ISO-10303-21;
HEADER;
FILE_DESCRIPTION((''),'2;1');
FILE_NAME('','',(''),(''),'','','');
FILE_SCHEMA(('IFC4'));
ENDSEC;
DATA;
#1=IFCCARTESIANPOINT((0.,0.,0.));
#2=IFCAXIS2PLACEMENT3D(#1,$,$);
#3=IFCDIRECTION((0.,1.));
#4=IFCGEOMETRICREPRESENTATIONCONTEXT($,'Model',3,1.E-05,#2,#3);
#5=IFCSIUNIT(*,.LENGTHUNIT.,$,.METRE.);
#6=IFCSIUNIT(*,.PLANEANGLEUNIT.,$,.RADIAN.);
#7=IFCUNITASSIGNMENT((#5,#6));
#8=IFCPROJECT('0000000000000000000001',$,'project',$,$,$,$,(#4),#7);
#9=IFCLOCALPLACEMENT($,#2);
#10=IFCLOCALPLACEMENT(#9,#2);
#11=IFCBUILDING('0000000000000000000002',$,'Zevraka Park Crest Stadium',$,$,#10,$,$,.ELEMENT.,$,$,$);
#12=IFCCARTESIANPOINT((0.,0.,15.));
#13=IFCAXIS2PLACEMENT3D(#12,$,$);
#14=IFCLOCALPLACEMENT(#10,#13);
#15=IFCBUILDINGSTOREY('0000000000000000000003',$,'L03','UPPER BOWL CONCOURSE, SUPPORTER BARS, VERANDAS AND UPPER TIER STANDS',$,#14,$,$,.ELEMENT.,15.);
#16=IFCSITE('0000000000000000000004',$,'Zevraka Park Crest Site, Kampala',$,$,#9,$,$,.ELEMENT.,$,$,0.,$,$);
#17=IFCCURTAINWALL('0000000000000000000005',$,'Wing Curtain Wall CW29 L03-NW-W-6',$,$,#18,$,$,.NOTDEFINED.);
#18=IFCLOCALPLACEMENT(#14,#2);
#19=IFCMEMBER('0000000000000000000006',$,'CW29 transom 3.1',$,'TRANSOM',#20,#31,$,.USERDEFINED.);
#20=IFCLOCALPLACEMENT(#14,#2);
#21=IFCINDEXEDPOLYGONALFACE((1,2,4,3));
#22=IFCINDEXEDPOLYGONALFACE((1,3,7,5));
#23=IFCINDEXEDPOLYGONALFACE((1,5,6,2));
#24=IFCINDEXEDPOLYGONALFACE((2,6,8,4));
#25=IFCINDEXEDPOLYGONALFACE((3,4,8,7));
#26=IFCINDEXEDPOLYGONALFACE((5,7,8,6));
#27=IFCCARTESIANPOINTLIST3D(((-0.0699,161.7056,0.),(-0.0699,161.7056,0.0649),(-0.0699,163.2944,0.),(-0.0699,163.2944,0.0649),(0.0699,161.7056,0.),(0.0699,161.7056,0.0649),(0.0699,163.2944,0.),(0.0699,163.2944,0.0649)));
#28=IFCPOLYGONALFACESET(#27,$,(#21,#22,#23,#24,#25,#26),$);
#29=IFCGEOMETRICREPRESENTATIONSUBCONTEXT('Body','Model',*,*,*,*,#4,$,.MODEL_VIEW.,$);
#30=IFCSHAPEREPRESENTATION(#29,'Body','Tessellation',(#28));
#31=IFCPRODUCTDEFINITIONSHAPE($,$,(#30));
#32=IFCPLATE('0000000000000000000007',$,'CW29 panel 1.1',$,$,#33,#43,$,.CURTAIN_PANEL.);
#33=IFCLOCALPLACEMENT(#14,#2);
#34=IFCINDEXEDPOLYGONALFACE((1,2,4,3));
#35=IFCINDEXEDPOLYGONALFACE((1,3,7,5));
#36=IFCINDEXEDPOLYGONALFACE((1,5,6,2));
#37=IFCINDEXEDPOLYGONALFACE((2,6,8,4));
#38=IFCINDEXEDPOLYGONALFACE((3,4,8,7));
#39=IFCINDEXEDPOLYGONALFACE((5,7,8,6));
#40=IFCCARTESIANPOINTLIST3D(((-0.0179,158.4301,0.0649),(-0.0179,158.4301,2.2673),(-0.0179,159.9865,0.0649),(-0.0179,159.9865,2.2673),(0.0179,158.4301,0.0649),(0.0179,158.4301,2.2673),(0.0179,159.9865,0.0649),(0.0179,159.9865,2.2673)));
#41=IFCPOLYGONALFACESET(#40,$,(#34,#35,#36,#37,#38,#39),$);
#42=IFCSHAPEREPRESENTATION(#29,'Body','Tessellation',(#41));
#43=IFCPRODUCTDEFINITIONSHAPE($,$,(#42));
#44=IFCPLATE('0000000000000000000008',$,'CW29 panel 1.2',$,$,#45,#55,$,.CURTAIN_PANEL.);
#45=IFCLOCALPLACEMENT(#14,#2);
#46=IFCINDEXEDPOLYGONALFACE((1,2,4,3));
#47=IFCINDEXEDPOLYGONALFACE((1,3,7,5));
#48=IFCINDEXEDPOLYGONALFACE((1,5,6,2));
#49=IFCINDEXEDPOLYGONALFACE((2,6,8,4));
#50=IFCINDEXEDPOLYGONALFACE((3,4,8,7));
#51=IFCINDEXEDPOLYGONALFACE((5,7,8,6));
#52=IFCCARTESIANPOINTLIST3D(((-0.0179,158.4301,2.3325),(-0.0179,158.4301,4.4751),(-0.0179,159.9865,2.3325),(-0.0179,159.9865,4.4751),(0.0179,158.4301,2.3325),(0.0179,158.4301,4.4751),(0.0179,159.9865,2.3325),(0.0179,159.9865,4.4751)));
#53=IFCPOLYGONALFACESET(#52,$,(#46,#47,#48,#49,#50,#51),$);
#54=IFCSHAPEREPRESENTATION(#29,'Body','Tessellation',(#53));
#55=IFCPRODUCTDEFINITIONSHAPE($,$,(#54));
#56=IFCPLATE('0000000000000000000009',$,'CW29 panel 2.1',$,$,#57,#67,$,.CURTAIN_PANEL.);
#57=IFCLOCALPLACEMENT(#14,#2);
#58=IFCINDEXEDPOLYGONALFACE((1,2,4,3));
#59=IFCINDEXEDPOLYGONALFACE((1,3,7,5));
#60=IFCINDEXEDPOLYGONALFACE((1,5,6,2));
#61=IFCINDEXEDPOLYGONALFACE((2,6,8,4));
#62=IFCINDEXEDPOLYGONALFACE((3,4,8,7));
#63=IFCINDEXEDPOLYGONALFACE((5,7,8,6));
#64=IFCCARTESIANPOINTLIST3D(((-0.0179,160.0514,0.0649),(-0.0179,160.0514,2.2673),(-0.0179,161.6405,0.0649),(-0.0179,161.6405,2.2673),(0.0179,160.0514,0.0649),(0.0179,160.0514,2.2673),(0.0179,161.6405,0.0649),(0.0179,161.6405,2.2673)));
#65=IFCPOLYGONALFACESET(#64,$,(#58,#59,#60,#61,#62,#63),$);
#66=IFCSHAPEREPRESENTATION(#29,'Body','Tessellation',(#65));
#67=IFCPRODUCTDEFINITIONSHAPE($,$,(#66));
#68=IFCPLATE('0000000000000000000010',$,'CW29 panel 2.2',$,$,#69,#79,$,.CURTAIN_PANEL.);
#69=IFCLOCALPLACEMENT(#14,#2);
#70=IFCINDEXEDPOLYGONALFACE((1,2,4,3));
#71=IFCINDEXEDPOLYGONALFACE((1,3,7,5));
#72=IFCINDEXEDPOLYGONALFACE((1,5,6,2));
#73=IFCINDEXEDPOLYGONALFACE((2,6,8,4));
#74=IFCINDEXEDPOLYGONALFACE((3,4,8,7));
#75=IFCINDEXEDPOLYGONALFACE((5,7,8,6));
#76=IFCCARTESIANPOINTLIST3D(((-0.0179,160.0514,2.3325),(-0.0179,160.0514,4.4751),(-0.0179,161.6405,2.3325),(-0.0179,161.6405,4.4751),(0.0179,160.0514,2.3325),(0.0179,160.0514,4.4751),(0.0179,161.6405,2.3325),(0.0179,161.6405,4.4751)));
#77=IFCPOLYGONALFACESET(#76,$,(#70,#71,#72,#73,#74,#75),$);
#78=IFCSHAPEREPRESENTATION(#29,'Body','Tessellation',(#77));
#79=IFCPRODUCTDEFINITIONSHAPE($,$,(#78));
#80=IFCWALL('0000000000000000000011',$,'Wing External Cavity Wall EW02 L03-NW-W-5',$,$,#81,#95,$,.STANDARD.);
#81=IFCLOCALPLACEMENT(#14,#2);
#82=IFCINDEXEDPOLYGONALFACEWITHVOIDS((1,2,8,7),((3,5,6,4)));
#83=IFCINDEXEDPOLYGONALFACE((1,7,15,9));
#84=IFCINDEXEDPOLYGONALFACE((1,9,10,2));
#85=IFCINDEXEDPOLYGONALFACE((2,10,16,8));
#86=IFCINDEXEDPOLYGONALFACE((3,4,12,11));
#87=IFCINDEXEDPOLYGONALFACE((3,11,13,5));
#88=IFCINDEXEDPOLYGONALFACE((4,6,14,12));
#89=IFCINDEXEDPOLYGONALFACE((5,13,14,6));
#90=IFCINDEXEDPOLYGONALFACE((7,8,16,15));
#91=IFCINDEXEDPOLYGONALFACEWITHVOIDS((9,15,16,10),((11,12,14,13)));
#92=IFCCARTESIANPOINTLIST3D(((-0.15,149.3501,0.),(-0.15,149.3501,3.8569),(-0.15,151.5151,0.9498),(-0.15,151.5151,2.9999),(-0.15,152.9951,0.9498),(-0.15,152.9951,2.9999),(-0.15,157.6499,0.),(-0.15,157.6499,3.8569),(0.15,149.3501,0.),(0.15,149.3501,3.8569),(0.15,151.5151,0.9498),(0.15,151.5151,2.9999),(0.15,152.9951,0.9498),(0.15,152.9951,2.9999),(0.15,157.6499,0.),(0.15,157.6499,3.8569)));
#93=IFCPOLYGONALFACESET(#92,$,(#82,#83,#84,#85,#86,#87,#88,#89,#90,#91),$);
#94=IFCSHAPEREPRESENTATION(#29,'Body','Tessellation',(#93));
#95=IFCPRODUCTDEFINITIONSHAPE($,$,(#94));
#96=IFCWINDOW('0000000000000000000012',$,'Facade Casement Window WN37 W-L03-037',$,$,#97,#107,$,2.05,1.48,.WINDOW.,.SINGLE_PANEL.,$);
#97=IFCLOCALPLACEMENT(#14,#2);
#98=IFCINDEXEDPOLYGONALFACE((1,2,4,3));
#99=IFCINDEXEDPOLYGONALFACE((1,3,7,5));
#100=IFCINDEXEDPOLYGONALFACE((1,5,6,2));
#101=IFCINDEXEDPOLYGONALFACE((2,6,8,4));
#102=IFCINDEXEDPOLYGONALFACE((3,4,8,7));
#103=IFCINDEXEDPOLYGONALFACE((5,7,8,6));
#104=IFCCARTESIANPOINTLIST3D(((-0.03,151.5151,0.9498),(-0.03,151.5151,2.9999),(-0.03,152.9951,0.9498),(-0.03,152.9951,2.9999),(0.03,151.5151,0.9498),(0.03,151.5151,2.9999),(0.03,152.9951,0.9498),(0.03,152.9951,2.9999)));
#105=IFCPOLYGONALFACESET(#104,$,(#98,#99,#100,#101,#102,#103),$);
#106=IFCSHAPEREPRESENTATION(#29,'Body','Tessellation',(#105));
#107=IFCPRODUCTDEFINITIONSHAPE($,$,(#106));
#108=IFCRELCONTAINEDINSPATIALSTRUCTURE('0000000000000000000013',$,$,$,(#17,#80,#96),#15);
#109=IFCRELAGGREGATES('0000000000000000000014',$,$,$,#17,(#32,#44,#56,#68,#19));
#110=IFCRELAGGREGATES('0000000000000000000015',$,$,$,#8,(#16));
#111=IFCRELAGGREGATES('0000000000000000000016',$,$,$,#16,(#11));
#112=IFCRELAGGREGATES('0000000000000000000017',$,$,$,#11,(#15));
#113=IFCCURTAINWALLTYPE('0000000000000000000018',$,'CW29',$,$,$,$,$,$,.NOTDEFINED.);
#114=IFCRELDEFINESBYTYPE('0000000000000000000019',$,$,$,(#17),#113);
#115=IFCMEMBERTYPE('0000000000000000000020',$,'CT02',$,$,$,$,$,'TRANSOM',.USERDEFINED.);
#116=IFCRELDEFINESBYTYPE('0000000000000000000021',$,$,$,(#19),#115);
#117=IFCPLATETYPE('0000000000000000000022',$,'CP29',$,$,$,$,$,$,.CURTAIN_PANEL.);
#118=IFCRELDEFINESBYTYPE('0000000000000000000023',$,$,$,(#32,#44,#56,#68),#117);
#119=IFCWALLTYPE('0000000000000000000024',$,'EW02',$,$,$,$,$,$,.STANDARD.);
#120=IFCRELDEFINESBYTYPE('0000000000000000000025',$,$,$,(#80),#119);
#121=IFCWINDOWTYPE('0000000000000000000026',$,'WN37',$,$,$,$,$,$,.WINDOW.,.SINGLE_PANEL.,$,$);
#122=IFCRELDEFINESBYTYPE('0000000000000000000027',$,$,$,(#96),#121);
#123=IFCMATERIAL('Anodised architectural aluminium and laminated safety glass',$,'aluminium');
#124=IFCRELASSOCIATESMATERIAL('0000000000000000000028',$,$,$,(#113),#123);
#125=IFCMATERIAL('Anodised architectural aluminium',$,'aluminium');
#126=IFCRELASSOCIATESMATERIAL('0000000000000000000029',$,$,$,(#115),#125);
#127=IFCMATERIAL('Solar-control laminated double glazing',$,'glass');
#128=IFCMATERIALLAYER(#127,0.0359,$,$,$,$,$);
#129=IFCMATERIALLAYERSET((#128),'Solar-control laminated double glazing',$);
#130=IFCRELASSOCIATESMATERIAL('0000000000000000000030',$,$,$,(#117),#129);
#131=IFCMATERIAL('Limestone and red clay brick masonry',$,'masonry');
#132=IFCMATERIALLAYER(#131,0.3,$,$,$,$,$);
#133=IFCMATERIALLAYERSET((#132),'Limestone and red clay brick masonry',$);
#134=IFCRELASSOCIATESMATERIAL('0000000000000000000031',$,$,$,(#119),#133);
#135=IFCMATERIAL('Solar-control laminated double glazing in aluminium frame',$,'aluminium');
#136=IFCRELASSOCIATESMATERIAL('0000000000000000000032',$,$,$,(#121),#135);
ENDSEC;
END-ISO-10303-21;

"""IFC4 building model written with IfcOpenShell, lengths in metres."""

from ifc_helpers import new_model, si_unit, direction, frame, frame_2d, origin, origin_2d, place, context, subcontext, project, spatial, rectangle, extrude, material, layer, layer_set, material_profile, profile_set, type_object, element, fill, aggregate, save


model = new_model("IFC4")

# Units and contexts
model_context = context("Model", 3, precision=1e-05, world=origin(), true_north=direction((0.0, 1.0)))
body_context = subcontext(model_context, "Body", "Model", "MODEL_VIEW")
ifc_project = project(units=[si_unit("LENGTHUNIT", "METRE"), si_unit("PLANEANGLEUNIT", "RADIAN")], contexts=[model_context])

# Site, building, storey
site_placement = place(None, origin())
site = spatial("IfcSite", under=ifc_project, at=site_placement, Name="Zevraka Park Crest Site, Kampala", CompositionType="ELEMENT", RefElevation=0.0)
building_placement = place(site_placement, origin())
building = spatial("IfcBuilding", under=site, at=building_placement, Name="Zevraka Park Crest Stadium", CompositionType="ELEMENT")
storey_placement = place(building_placement, frame((0.0, 0.0, 15.0)))
storey = spatial("IfcBuildingStorey", under=building, at=storey_placement, Name="L03", Description="UPPER BOWL CONCOURSE, SUPPORTER BARS, VERANDAS AND UPPER TIER STANDS", CompositionType="ELEMENT", Elevation=15.0)

# Curtain wall, member, plates
ifc_material_1 = material(Name="Anodised architectural aluminium and laminated safety glass", Category="aluminium")
curtain_wall_type = type_object("IfcCurtainWallType", Name="CW29", PredefinedType="NOTDEFINED", material=ifc_material_1)
curtain_wall_placement = place(storey_placement, origin())
curtain_wall = element("IfcCurtainWall", 1, at=curtain_wall_placement, inside=storey, type_object=curtain_wall_type, Name="Wing Curtain Wall CW29 L03-NW-W-6", PredefinedType="NOTDEFINED")
ifc_material_2 = material(Name="Anodised architectural aluminium", Category="aluminium")
ifc_material_profile_1 = material_profile(ifc_material_2, rectangle(XDim=0.1399, YDim=0.0649, at=origin_2d()), Name="ALU TRANSOM 140x65")
ifc_profile_set_1 = profile_set([ifc_material_profile_1], Name="Anodised architectural aluminium")
member_type_1 = type_object("IfcMemberType", Name="CT02", ElementType="TRANSOM", PredefinedType="USERDEFINED", material=ifc_profile_set_1)
member_1_placement = place(storey_placement, frame((0.0, 161.7056, 0.0325), z_axis=(0.0, 1.0, 0.0), x_axis=(-1.0, 0.0, 0.0)))
member_1 = element("IfcMember", 2, at=member_1_placement, type_object=member_type_1, Name="CW29 transom 3.1", ObjectType="TRANSOM", PredefinedType="USERDEFINED", context=body_context, shape_type="SweptSolid", body=[
    extrude(rectangle(XDim=0.1399, YDim=0.0649, at=origin_2d()), origin(), (0.0, 0.0, 1.0), 1.5889),
])
ifc_material_3 = material(Name="Solar-control laminated double glazing", Category="glass")
ifc_layer_1 = layer(ifc_material_3, 0.0359)
ifc_layer_set_1 = layer_set([ifc_layer_1], Name="Solar-control laminated double glazing")
plate_type = type_object("IfcPlateType", Name="CP29", PredefinedType="CURTAIN_PANEL", material=ifc_layer_set_1)
plate_1_placement = place(storey_placement, frame((0.0, 159.2083, 0.0649), z_axis=(0.0, 0.0, 1.0), x_axis=(0.0, 1.0, 0.0)))
plate_1 = element("IfcPlate", 3, at=plate_1_placement, type_object=plate_type, Name="CW29 panel 1.1", PredefinedType="CURTAIN_PANEL", context=body_context, shape_type="SweptSolid", body=[
    extrude(rectangle(XDim=1.5564, YDim=0.0359, at=origin_2d()), origin(), (0.0, 0.0, 1.0), 2.2024),
])
plate_2_placement = place(storey_placement, frame((0.0, 159.2083, 2.3325), z_axis=(0.0, 0.0, 1.0), x_axis=(0.0, 1.0, 0.0)))
plate_2 = element("IfcPlate", 4, at=plate_2_placement, type_object=plate_type, Name="CW29 panel 1.2", PredefinedType="CURTAIN_PANEL", context=body_context, shape_type="SweptSolid", body=[
    extrude(rectangle(XDim=1.5564, YDim=0.0359, at=origin_2d()), origin(), (0.0, 0.0, 1.0), 2.1426),
])
plate_3_placement = place(storey_placement, frame((0.0, 160.8459, 0.0649), z_axis=(0.0, 0.0, 1.0), x_axis=(0.0, 1.0, 0.0)))
plate_3 = element("IfcPlate", 5, at=plate_3_placement, type_object=plate_type, Name="CW29 panel 2.1", PredefinedType="CURTAIN_PANEL", context=body_context, shape_type="SweptSolid", body=[
    extrude(rectangle(XDim=1.5891, YDim=0.0359, at=origin_2d()), origin(), (0.0, 0.0, 1.0), 2.2024),
])
plate_4_placement = place(storey_placement, frame((0.0, 160.8459, 2.3325), z_axis=(0.0, 0.0, 1.0), x_axis=(0.0, 1.0, 0.0)))
plate_4 = element("IfcPlate", 6, at=plate_4_placement, type_object=plate_type, Name="CW29 panel 2.2", PredefinedType="CURTAIN_PANEL", context=body_context, shape_type="SweptSolid", body=[
    extrude(rectangle(XDim=1.5891, YDim=0.0359, at=origin_2d()), origin(), (0.0, 0.0, 1.0), 2.1426),
])
aggregate(curtain_wall, [plate_1, plate_2, plate_3, plate_4, member_1])

# Wall, opening, window
ifc_material_4 = material(Name="Limestone and red clay brick masonry", Category="masonry")
ifc_layer_2 = layer(ifc_material_4, 0.3)
ifc_layer_set_2 = layer_set([ifc_layer_2], Name="Limestone and red clay brick masonry")
wall_type = type_object("IfcWallType", Name="EW02", PredefinedType="STANDARD", material=ifc_layer_set_2)
wall_placement = place(storey_placement, frame((0.0, 149.3501, 0.0), z_axis=(0.0, 0.0, 1.0), x_axis=(0.0, 1.0, 0.0)))
wall = element("IfcWall", 7, at=wall_placement, inside=storey, type_object=wall_type, Name="Wing External Cavity Wall EW02 L03-NW-W-5", PredefinedType="STANDARD", context=body_context, shape_type="SweptSolid", body=[
    extrude(rectangle(XDim=8.2998, YDim=0.3, at=frame_2d((4.1499, 0.0))), origin(), (0.0, 0.0, 1.0), 3.8569),
])
opening_placement = place(wall_placement, frame((2.165, 0.0, 0.95)))
opening = element("IfcOpeningElement", 8, at=opening_placement, cuts=wall, PredefinedType="OPENING", context=body_context, shape_type="SweptSolid", body=[
    extrude(rectangle(XDim=1.48, YDim=2.05, at=frame_2d((0.74, 1.0249))), frame((0.0, 0.1599, 0.0), z_axis=(0.0, -1.0, 0.0), x_axis=(1.0, 0.0, 0.0)), (0.0, 0.0, 1.0), 0.3201),
])
ifc_material_5 = material(Name="Solar-control laminated double glazing in aluminium frame", Category="aluminium")
window_type = type_object("IfcWindowType", Name="WN37", PartitioningType="SINGLE_PANEL", PredefinedType="WINDOW", material=ifc_material_5)
window_placement = place(opening_placement, origin())
window = element("IfcWindow", 9, at=window_placement, inside=storey, type_object=window_type, Name="Facade Casement Window WN37 W-L03-037", OverallHeight=2.05, OverallWidth=1.48, PartitioningType="SINGLE_PANEL", PredefinedType="WINDOW", context=body_context, shape_type="SweptSolid", body=[
    extrude(rectangle(XDim=1.48, YDim=2.05, at=frame_2d((0.74, 1.0249))), frame((0.0, 0.03, 0.0), z_axis=(0.0, -1.0, 0.0), x_axis=(1.0, 0.0, 0.0)), (0.0, 0.0, 1.0), 0.0601),
])
fill(opening, window)

save(model, "model.ifc")
